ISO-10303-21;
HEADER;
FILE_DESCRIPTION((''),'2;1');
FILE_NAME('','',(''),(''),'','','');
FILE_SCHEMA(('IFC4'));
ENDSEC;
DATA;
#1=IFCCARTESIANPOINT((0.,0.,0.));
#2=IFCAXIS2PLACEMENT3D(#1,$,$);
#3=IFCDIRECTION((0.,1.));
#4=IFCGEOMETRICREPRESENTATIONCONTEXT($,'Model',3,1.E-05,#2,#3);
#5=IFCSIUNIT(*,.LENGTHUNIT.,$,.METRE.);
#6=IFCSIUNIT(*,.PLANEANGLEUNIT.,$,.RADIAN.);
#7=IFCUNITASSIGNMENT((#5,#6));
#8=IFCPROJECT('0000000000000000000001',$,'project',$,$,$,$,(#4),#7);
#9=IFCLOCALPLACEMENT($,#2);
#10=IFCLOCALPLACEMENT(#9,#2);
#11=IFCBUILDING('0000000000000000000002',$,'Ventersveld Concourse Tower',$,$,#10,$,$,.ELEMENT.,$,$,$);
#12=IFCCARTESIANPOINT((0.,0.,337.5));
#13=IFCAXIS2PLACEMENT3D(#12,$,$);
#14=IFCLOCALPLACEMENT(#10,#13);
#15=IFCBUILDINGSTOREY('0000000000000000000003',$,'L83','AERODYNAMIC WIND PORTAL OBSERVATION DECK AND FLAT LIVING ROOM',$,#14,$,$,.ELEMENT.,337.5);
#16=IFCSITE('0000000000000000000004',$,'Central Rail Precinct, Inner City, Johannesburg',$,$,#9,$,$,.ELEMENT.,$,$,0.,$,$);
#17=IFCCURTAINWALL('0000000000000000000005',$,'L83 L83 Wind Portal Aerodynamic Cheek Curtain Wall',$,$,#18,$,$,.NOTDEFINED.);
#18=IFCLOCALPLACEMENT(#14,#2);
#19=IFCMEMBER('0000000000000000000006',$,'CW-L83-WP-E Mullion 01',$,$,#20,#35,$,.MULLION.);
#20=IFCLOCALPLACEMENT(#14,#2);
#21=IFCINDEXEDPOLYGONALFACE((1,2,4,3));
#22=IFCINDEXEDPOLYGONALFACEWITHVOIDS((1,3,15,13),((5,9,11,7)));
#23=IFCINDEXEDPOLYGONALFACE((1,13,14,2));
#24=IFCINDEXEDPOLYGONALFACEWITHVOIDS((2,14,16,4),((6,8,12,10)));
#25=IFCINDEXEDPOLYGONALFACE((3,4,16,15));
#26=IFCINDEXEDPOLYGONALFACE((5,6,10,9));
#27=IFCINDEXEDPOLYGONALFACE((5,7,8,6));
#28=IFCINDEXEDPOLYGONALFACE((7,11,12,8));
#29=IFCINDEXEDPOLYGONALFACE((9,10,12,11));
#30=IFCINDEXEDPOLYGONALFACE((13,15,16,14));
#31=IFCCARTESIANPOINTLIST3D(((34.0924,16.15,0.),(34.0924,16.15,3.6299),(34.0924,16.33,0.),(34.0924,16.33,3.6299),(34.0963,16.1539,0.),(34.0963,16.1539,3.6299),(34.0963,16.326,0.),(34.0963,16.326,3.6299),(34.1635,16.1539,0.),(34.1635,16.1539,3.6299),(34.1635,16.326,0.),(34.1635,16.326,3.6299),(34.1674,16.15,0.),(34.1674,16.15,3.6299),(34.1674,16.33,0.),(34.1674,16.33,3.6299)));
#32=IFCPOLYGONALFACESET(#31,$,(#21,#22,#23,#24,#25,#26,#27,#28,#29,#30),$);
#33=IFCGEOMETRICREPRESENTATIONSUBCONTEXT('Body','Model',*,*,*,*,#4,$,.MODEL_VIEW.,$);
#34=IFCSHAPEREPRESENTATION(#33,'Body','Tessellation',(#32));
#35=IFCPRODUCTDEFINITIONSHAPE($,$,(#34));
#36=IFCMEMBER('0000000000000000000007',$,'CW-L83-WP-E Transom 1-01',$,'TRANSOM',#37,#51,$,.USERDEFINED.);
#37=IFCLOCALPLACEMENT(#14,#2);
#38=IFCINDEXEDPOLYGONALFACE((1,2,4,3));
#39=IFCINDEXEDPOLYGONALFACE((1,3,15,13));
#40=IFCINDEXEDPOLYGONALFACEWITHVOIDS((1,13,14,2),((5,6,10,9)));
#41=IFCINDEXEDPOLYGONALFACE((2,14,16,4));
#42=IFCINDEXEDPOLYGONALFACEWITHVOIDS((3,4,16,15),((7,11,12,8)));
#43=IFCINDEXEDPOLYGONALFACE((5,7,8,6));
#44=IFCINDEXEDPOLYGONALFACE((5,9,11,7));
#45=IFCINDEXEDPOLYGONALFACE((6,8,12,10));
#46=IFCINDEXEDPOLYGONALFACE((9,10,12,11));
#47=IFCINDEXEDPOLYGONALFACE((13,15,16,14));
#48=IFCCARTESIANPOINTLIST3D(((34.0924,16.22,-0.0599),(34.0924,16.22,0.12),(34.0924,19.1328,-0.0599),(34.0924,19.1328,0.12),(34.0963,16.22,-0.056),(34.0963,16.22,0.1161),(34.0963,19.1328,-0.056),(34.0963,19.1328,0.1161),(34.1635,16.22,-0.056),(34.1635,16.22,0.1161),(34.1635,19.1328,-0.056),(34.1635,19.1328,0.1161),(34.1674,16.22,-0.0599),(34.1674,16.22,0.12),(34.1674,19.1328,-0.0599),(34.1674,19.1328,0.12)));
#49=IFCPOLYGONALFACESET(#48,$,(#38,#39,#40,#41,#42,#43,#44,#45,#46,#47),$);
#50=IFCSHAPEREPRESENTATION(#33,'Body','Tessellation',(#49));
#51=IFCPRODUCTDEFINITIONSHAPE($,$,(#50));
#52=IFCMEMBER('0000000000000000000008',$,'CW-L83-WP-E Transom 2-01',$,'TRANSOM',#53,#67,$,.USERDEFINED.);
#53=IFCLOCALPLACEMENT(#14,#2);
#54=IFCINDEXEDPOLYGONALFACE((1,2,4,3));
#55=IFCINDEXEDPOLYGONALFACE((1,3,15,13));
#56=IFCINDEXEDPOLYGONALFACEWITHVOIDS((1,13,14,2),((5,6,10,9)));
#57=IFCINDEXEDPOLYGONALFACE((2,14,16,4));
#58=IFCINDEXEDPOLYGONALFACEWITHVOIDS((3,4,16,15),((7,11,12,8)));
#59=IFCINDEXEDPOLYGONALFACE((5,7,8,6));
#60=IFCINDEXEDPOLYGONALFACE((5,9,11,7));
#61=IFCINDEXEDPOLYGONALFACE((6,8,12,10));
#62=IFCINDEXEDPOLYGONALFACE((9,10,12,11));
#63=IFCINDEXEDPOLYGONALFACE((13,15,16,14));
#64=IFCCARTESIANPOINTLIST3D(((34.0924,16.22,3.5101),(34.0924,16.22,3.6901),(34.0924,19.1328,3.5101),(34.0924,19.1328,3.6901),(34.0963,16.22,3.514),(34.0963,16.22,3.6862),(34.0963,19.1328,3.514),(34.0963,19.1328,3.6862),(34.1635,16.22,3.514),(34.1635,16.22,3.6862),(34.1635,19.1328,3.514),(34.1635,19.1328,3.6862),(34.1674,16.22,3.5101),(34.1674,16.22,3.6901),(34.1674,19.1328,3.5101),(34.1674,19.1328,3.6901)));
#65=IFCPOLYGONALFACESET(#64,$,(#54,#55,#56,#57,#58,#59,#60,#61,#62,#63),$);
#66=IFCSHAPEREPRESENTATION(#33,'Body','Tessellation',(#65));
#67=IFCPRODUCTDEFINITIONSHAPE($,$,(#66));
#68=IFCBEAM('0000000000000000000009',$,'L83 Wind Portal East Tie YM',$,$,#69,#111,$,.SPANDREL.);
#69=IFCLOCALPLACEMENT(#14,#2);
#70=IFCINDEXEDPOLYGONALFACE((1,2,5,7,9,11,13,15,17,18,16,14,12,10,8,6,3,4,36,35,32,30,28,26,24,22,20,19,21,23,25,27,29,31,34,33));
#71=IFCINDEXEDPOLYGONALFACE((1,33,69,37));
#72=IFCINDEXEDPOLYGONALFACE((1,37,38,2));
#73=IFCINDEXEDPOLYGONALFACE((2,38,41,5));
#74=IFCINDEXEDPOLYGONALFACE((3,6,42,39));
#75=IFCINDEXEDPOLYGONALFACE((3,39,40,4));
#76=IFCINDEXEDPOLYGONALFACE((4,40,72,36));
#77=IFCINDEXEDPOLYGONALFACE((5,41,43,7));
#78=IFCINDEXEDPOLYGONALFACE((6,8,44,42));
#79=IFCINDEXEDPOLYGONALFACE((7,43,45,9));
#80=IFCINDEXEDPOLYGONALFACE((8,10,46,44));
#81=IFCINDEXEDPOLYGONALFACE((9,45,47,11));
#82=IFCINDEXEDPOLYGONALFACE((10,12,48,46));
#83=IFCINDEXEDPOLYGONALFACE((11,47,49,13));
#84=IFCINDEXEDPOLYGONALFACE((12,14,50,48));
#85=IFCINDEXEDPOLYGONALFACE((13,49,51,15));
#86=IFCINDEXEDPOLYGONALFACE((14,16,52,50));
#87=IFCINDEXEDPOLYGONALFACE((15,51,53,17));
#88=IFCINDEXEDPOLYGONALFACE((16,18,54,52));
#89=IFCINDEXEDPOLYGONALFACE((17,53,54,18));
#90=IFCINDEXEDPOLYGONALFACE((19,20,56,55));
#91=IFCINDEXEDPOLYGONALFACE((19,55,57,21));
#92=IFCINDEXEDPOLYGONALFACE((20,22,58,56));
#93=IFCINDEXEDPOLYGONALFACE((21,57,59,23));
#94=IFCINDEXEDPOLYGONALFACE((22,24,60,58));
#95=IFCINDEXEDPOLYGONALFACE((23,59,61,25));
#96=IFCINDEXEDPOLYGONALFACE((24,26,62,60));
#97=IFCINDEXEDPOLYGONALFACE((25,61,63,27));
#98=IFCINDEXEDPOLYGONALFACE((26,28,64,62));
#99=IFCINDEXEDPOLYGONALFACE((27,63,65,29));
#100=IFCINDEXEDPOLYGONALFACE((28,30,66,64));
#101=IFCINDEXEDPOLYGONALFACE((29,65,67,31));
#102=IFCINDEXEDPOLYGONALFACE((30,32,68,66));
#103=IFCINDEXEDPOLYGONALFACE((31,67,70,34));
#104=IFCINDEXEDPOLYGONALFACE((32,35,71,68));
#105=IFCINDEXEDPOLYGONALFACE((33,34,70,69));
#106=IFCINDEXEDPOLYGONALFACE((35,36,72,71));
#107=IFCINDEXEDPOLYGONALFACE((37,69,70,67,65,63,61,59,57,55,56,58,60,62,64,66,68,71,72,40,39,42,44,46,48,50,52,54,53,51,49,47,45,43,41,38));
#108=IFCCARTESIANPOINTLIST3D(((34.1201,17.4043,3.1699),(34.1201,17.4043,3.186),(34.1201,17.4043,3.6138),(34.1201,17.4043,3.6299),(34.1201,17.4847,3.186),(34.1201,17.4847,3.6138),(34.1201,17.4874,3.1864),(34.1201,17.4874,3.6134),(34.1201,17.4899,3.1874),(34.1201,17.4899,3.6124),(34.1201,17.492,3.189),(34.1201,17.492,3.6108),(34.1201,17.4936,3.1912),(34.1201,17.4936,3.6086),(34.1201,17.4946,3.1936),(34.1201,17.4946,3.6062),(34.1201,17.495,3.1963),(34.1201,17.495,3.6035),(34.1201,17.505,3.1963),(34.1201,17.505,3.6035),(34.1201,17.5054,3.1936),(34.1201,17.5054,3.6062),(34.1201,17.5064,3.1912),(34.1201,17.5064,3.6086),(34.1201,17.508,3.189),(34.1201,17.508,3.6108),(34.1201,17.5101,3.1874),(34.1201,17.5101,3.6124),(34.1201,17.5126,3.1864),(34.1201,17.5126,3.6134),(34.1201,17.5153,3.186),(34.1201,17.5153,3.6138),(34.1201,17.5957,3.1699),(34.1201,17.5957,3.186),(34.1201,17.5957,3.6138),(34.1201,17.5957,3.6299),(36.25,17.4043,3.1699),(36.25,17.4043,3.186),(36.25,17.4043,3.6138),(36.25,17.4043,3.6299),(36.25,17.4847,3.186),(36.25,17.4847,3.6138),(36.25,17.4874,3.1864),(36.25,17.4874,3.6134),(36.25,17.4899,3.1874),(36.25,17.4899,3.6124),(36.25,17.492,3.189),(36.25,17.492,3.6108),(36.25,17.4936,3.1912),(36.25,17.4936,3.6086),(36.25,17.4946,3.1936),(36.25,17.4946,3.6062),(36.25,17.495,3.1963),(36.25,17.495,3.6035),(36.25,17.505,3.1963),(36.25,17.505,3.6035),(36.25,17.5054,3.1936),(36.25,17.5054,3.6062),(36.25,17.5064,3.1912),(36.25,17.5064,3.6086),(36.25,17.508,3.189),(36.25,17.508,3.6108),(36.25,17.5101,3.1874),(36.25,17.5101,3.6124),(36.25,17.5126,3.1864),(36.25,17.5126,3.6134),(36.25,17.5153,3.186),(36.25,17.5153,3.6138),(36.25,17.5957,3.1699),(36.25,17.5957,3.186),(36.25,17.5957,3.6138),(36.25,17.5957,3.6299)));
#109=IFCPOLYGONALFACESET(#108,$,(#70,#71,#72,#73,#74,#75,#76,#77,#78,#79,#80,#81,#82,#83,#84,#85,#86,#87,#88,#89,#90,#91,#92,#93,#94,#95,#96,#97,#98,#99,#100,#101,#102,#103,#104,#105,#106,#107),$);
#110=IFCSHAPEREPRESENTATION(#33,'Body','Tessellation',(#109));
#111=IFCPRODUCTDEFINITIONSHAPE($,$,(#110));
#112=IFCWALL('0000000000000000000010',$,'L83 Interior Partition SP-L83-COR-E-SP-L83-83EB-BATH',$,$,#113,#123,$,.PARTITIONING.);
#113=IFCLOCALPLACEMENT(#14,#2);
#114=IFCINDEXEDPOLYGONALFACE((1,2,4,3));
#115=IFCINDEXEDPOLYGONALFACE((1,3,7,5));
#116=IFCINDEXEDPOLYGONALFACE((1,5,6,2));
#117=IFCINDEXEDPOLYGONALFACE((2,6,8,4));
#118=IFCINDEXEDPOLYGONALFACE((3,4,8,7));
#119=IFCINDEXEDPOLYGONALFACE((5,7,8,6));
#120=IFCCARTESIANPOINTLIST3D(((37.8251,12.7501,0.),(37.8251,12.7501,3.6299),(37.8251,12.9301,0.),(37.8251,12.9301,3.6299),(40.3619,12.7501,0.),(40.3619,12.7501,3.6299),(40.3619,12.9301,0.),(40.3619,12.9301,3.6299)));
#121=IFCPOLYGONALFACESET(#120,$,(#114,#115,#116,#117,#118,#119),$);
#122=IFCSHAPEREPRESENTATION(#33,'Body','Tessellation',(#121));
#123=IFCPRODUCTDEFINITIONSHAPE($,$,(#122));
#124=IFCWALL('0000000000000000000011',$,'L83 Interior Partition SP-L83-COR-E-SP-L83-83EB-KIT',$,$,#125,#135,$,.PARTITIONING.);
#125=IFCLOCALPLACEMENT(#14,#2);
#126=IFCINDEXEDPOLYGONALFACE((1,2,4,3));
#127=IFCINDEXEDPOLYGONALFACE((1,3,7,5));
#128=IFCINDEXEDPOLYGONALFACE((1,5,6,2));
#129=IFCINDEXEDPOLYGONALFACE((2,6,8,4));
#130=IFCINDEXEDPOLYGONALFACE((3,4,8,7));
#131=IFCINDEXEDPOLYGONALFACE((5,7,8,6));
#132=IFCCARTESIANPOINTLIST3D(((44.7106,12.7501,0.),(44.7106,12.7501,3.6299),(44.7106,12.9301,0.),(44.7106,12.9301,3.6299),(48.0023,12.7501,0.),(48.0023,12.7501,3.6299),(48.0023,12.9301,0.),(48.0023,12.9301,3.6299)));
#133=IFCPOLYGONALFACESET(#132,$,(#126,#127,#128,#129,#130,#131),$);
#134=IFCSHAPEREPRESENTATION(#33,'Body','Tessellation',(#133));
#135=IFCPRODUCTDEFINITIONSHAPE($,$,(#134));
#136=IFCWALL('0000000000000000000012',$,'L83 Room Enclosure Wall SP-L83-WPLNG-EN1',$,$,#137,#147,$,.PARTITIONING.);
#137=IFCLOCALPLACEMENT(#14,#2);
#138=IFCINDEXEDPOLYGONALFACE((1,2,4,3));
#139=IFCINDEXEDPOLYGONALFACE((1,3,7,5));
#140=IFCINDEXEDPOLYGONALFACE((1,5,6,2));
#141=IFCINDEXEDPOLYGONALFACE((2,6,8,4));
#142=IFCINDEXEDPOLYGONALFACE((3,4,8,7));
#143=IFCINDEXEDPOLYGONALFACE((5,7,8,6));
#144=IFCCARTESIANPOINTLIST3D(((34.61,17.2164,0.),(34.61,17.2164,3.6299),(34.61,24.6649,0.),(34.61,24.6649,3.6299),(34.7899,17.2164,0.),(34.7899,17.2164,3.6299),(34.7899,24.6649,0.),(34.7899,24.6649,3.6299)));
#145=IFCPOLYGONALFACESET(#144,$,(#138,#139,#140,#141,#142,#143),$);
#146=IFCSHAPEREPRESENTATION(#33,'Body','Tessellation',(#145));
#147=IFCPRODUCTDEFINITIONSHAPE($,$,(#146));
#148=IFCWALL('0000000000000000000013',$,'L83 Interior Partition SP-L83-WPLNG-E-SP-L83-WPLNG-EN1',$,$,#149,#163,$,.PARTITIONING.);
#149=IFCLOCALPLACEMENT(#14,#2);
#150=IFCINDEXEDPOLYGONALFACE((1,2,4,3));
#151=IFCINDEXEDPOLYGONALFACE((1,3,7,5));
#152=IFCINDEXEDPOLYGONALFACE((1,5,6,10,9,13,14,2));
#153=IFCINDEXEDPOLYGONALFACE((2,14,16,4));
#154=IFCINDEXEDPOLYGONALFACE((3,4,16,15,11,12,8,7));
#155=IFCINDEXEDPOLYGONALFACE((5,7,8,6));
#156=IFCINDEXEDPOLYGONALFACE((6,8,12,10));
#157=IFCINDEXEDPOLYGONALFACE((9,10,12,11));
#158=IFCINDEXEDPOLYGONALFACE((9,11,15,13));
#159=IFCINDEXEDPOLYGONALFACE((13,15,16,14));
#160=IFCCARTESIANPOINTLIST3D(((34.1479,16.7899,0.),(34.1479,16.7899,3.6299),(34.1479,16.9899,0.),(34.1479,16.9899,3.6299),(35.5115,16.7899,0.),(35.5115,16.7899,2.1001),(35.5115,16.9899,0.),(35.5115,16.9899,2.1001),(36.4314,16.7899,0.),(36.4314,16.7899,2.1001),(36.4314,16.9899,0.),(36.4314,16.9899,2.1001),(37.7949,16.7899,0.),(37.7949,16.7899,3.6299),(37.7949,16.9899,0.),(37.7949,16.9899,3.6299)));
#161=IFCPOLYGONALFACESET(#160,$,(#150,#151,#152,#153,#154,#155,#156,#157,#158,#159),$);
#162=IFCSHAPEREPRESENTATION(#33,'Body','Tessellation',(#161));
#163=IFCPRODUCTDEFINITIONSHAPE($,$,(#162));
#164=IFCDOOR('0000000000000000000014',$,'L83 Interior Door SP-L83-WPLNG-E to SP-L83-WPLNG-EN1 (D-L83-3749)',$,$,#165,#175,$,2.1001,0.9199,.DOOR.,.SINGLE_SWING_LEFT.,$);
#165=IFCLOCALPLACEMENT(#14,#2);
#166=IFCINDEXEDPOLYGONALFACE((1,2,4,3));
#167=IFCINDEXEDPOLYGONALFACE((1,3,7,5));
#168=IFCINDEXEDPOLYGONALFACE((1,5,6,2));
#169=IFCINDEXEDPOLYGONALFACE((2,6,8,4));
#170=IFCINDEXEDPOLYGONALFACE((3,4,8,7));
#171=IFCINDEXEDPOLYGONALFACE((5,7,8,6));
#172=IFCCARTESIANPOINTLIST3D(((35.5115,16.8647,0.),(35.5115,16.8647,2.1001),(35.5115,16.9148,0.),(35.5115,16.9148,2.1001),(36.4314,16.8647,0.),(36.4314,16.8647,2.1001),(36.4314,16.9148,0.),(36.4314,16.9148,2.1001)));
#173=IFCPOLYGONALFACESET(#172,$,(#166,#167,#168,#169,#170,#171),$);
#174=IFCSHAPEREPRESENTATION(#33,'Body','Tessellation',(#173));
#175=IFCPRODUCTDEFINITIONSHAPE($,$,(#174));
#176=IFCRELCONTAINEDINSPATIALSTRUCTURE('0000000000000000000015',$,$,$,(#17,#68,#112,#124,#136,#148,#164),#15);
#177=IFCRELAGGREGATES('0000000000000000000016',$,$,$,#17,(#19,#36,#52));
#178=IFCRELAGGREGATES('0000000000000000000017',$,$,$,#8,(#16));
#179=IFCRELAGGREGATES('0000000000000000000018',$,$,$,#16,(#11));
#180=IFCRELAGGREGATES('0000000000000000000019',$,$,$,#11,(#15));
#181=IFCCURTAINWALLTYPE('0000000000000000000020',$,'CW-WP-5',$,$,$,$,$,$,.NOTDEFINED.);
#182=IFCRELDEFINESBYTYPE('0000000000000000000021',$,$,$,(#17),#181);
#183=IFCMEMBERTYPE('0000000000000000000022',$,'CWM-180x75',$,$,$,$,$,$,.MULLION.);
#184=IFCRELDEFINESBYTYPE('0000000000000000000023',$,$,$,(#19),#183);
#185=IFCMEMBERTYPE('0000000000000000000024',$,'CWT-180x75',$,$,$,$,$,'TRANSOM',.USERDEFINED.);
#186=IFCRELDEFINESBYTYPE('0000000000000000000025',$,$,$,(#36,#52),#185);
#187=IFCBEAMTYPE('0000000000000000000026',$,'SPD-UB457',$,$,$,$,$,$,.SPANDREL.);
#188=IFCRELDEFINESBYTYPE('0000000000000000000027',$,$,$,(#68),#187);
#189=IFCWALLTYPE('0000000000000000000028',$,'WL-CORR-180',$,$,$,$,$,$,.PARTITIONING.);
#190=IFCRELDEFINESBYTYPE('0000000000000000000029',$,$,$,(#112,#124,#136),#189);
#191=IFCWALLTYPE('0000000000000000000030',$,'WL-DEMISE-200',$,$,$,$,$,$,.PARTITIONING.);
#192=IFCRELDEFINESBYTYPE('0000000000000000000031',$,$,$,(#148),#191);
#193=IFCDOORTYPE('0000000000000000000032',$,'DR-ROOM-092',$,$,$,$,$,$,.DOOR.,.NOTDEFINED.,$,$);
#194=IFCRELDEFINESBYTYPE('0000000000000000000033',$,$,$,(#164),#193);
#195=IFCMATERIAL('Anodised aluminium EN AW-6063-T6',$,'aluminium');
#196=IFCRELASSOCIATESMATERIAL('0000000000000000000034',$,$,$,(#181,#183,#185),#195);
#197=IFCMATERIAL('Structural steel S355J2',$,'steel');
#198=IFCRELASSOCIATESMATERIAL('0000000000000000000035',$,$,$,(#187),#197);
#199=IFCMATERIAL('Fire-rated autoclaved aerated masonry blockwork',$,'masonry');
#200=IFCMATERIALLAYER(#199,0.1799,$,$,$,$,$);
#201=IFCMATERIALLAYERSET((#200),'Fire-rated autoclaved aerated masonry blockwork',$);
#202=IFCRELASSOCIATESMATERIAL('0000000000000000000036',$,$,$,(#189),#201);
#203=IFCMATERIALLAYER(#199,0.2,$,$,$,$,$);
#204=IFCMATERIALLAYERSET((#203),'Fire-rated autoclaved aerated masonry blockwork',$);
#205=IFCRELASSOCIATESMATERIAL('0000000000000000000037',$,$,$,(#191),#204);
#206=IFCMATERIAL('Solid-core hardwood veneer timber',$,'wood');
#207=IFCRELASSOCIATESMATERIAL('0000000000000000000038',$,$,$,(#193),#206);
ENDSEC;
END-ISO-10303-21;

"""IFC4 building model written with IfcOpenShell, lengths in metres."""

from ifc_helpers import new_model, si_unit, direction, frame, frame_2d, origin, origin_2d, place, context, subcontext, project, spatial, rectangle, hollow_rectangle, i_section, extrude, material, layer, layer_set, material_profile, profile_set, type_object, element, fill, aggregate, save


model = new_model("IFC4")

# Units and contexts
model_context = context("Model", 3, precision=1e-05, world=origin(), true_north=direction((0.0, 1.0)))
body_context = subcontext(model_context, "Body", "Model", "MODEL_VIEW")
ifc_project = project(units=[si_unit("LENGTHUNIT", "METRE"), si_unit("PLANEANGLEUNIT", "RADIAN")], contexts=[model_context])

# Site, building, storey
site_placement = place(None, origin())
site = spatial("IfcSite", under=ifc_project, at=site_placement, Name="Central Rail Precinct, Inner City, Johannesburg", CompositionType="ELEMENT", RefElevation=0.0)
building_placement = place(site_placement, origin())
building = spatial("IfcBuilding", under=site, at=building_placement, Name="Ventersveld Concourse Tower", CompositionType="ELEMENT")
storey_placement = place(building_placement, frame((0.0, 0.0, 337.5)))
storey = spatial("IfcBuildingStorey", under=building, at=storey_placement, Name="L83", Description="AERODYNAMIC WIND PORTAL OBSERVATION DECK AND FLAT LIVING ROOM", CompositionType="ELEMENT", Elevation=337.5)

# Curtain wall, members
ifc_material_1 = material(Name="Anodised aluminium EN AW-6063-T6", Category="aluminium")
curtain_wall_type = type_object("IfcCurtainWallType", Name="CW-WP-5", PredefinedType="NOTDEFINED", material=ifc_material_1)
curtain_wall_placement = place(storey_placement, origin())
curtain_wall = element("IfcCurtainWall", 1, at=curtain_wall_placement, inside=storey, type_object=curtain_wall_type, Name="L83 L83 Wind Portal Aerodynamic Cheek Curtain Wall", PredefinedType="NOTDEFINED")
ifc_material_profile_1 = material_profile(ifc_material_1, hollow_rectangle(XDim=0.075, YDim=0.1799, WallThickness=0.0039, at=origin_2d()), Name="ALU 180x75x4")
ifc_profile_set_1 = profile_set([ifc_material_profile_1], Name="Anodised aluminium EN AW-6063-T6")
member_type_1 = type_object("IfcMemberType", Name="CWM-180x75", PredefinedType="MULLION", material=ifc_profile_set_1)
member_1_placement = place(storey_placement, frame((34.1299, 16.24, 0.0), z_axis=(0.0, 0.0, 1.0), x_axis=(1.0, 0.0, 0.0)))
member_1 = element("IfcMember", 2, at=member_1_placement, type_object=member_type_1, Name="CW-L83-WP-E Mullion 01", PredefinedType="MULLION", context=body_context, shape_type="SweptSolid", body=[
    extrude(hollow_rectangle(XDim=0.075, YDim=0.1799, WallThickness=0.0039, at=origin_2d()), origin(), (0.0, 0.0, 1.0), 3.6299),
])
ifc_material_profile_2 = material_profile(ifc_material_1, hollow_rectangle(XDim=0.075, YDim=0.1799, WallThickness=0.0039, at=origin_2d()), Name="ALU 180x75x4")
ifc_profile_set_2 = profile_set([ifc_material_profile_2], Name="Anodised aluminium EN AW-6063-T6")
member_type_2 = type_object("IfcMemberType", Name="CWT-180x75", ElementType="TRANSOM", PredefinedType="USERDEFINED", material=ifc_profile_set_2)
member_2_placement = place(storey_placement, frame((34.1299, 16.22, 0.03), z_axis=(0.0, 1.0, 0.0), x_axis=(-1.0, 0.0, 0.0)))
member_2 = element("IfcMember", 3, at=member_2_placement, type_object=member_type_2, Name="CW-L83-WP-E Transom 1-01", ObjectType="TRANSOM", PredefinedType="USERDEFINED", context=body_context, shape_type="SweptSolid", body=[
    extrude(hollow_rectangle(XDim=0.075, YDim=0.1799, WallThickness=0.0039, at=origin_2d()), origin(), (0.0, 0.0, 1.0), 2.9128),
])
member_3_placement = place(storey_placement, frame((34.1299, 16.22, 3.6001), z_axis=(0.0, 1.0, 0.0), x_axis=(-1.0, 0.0, 0.0)))
member_3 = element("IfcMember", 4, at=member_3_placement, type_object=member_type_2, Name="CW-L83-WP-E Transom 2-01", ObjectType="TRANSOM", PredefinedType="USERDEFINED", context=body_context, shape_type="SweptSolid", body=[
    extrude(hollow_rectangle(XDim=0.075, YDim=0.1799, WallThickness=0.0039, at=origin_2d()), origin(), (0.0, 0.0, 1.0), 2.9128),
])
aggregate(curtain_wall, [member_1, member_2, member_3])

# Beam
ifc_material_2 = material(Name="Structural steel S355J2", Category="steel")
ifc_material_profile_3 = material_profile(ifc_material_2, i_section(OverallWidth=0.1914, OverallDepth=0.46, WebThickness=0.01, FlangeThickness=0.0161, FilletRadius=0.0103, at=origin_2d()), Name="UB 457x191x82")
ifc_profile_set_3 = profile_set([ifc_material_profile_3], Name="Structural steel S355J2")
beam_type = type_object("IfcBeamType", Name="SPD-UB457", PredefinedType="SPANDREL", material=ifc_profile_set_3)
beam_placement = place(storey_placement, frame((34.1201, 17.5, 3.3999), z_axis=(1.0, 0.0, 0.0), x_axis=(0.0, 1.0, 0.0)))
element("IfcBeam", 5, at=beam_placement, inside=storey, type_object=beam_type, Name="L83 Wind Portal East Tie YM", PredefinedType="SPANDREL", context=body_context, shape_type="SweptSolid", body=[
    extrude(i_section(OverallWidth=0.1914, OverallDepth=0.46, WebThickness=0.01, FlangeThickness=0.0161, FilletRadius=0.0103, at=origin_2d()), origin(), (0.0, 0.0, 1.0), 2.1299),
])

# Shared definitions
ifc_material_3 = material(Name="Fire-rated autoclaved aerated masonry blockwork", Category="masonry")
ifc_layer_1 = layer(ifc_material_3, 0.1799)
ifc_layer_set_1 = layer_set([ifc_layer_1], Name="Fire-rated autoclaved aerated masonry blockwork")
wall_type_1 = type_object("IfcWallType", Name="WL-CORR-180", PredefinedType="PARTITIONING", material=ifc_layer_set_1)
ifc_material_4 = material(Name="Solid-core hardwood veneer timber", Category="wood")

# Walls
wall_1_placement = place(storey_placement, frame((37.825, 12.8401, 0.0), z_axis=(0.0, 0.0, 1.0), x_axis=(1.0, 0.0, 0.0)))
element("IfcWall", 6, at=wall_1_placement, inside=storey, type_object=wall_type_1, Name="L83 Interior Partition SP-L83-COR-E-SP-L83-83EB-BATH", PredefinedType="PARTITIONING", context=body_context, shape_type="SweptSolid", body=[
    extrude(rectangle(XDim=2.5369, YDim=0.1799, at=frame_2d((1.2686, 0.0))), origin(), (0.0, 0.0, 1.0), 3.6299),
])
wall_2_placement = place(storey_placement, frame((44.7104, 12.8401, 0.0), z_axis=(0.0, 0.0, 1.0), x_axis=(1.0, 0.0, 0.0)))
element("IfcWall", 7, at=wall_2_placement, inside=storey, type_object=wall_type_1, Name="L83 Interior Partition SP-L83-COR-E-SP-L83-83EB-KIT", PredefinedType="PARTITIONING", context=body_context, shape_type="SweptSolid", body=[
    extrude(rectangle(XDim=3.2917, YDim=0.1799, at=frame_2d((1.646, 0.0))), origin(), (0.0, 0.0, 1.0), 3.6299),
])
wall_3_placement = place(storey_placement, frame((34.7, 17.2166, 0.0), z_axis=(0.0, 0.0, 1.0), x_axis=(0.0, 1.0, 0.0)))
element("IfcWall", 8, at=wall_3_placement, inside=storey, type_object=wall_type_1, Name="L83 Room Enclosure Wall SP-L83-WPLNG-EN1", PredefinedType="PARTITIONING", context=body_context, shape_type="SweptSolid", body=[
    extrude(rectangle(XDim=7.4485, YDim=0.1799, at=frame_2d((3.7241, 0.0))), origin(), (0.0, 0.0, 1.0), 3.6299),
])

# Wall, opening, door
ifc_layer_2 = layer(ifc_material_3, 0.2)
ifc_layer_set_2 = layer_set([ifc_layer_2], Name="Fire-rated autoclaved aerated masonry blockwork")
wall_type_2 = type_object("IfcWallType", Name="WL-DEMISE-200", PredefinedType="PARTITIONING", material=ifc_layer_set_2)
wall_4_placement = place(storey_placement, frame((34.1479, 16.8899, 0.0), z_axis=(0.0, 0.0, 1.0), x_axis=(1.0, 0.0, 0.0)))
wall_4 = element("IfcWall", 9, at=wall_4_placement, inside=storey, type_object=wall_type_2, Name="L83 Interior Partition SP-L83-WPLNG-E-SP-L83-WPLNG-EN1", PredefinedType="PARTITIONING", context=body_context, shape_type="SweptSolid", body=[
    extrude(rectangle(XDim=3.647, YDim=0.2, at=frame_2d((1.8235, 0.0))), origin(), (0.0, 0.0, 1.0), 3.6299),
])
opening_1_placement = place(wall_4_placement, frame((1.3635, 0.0, 0.0)))
opening_1 = element("IfcOpeningElement", 10, at=opening_1_placement, cuts=wall_4, PredefinedType="OPENING", context=body_context, shape_type="SweptSolid", body=[
    extrude(rectangle(XDim=0.9199, YDim=2.1001, at=frame_2d((0.46, 1.05))), frame((0.0, 0.1099, 0.0), z_axis=(0.0, -1.0, 0.0), x_axis=(1.0, 0.0, 0.0)), (0.0, 0.0, 1.0), 0.22),
])
door_type_1 = type_object("IfcDoorType", Name="DR-ROOM-092", OperationType="NOTDEFINED", PredefinedType="DOOR", material=ifc_material_4)
door_1_placement = place(opening_1_placement, origin())
door_1 = element("IfcDoor", 11, at=door_1_placement, inside=storey, type_object=door_type_1, Name="L83 Interior Door SP-L83-WPLNG-E to SP-L83-WPLNG-EN1 (D-L83-3749)", OperationType="SINGLE_SWING_LEFT", OverallHeight=2.1001, OverallWidth=0.9199, PredefinedType="DOOR", context=body_context, shape_type="SweptSolid", body=[
    extrude(rectangle(XDim=0.9199, YDim=2.1001, at=frame_2d((0.46, 1.05))), frame((0.0, 0.0249, 0.0), z_axis=(0.0, -1.0, 0.0), x_axis=(1.0, 0.0, 0.0)), (0.0, 0.0, 1.0), 0.05),
])
fill(opening_1, door_1)

save(model, "model.ifc")
